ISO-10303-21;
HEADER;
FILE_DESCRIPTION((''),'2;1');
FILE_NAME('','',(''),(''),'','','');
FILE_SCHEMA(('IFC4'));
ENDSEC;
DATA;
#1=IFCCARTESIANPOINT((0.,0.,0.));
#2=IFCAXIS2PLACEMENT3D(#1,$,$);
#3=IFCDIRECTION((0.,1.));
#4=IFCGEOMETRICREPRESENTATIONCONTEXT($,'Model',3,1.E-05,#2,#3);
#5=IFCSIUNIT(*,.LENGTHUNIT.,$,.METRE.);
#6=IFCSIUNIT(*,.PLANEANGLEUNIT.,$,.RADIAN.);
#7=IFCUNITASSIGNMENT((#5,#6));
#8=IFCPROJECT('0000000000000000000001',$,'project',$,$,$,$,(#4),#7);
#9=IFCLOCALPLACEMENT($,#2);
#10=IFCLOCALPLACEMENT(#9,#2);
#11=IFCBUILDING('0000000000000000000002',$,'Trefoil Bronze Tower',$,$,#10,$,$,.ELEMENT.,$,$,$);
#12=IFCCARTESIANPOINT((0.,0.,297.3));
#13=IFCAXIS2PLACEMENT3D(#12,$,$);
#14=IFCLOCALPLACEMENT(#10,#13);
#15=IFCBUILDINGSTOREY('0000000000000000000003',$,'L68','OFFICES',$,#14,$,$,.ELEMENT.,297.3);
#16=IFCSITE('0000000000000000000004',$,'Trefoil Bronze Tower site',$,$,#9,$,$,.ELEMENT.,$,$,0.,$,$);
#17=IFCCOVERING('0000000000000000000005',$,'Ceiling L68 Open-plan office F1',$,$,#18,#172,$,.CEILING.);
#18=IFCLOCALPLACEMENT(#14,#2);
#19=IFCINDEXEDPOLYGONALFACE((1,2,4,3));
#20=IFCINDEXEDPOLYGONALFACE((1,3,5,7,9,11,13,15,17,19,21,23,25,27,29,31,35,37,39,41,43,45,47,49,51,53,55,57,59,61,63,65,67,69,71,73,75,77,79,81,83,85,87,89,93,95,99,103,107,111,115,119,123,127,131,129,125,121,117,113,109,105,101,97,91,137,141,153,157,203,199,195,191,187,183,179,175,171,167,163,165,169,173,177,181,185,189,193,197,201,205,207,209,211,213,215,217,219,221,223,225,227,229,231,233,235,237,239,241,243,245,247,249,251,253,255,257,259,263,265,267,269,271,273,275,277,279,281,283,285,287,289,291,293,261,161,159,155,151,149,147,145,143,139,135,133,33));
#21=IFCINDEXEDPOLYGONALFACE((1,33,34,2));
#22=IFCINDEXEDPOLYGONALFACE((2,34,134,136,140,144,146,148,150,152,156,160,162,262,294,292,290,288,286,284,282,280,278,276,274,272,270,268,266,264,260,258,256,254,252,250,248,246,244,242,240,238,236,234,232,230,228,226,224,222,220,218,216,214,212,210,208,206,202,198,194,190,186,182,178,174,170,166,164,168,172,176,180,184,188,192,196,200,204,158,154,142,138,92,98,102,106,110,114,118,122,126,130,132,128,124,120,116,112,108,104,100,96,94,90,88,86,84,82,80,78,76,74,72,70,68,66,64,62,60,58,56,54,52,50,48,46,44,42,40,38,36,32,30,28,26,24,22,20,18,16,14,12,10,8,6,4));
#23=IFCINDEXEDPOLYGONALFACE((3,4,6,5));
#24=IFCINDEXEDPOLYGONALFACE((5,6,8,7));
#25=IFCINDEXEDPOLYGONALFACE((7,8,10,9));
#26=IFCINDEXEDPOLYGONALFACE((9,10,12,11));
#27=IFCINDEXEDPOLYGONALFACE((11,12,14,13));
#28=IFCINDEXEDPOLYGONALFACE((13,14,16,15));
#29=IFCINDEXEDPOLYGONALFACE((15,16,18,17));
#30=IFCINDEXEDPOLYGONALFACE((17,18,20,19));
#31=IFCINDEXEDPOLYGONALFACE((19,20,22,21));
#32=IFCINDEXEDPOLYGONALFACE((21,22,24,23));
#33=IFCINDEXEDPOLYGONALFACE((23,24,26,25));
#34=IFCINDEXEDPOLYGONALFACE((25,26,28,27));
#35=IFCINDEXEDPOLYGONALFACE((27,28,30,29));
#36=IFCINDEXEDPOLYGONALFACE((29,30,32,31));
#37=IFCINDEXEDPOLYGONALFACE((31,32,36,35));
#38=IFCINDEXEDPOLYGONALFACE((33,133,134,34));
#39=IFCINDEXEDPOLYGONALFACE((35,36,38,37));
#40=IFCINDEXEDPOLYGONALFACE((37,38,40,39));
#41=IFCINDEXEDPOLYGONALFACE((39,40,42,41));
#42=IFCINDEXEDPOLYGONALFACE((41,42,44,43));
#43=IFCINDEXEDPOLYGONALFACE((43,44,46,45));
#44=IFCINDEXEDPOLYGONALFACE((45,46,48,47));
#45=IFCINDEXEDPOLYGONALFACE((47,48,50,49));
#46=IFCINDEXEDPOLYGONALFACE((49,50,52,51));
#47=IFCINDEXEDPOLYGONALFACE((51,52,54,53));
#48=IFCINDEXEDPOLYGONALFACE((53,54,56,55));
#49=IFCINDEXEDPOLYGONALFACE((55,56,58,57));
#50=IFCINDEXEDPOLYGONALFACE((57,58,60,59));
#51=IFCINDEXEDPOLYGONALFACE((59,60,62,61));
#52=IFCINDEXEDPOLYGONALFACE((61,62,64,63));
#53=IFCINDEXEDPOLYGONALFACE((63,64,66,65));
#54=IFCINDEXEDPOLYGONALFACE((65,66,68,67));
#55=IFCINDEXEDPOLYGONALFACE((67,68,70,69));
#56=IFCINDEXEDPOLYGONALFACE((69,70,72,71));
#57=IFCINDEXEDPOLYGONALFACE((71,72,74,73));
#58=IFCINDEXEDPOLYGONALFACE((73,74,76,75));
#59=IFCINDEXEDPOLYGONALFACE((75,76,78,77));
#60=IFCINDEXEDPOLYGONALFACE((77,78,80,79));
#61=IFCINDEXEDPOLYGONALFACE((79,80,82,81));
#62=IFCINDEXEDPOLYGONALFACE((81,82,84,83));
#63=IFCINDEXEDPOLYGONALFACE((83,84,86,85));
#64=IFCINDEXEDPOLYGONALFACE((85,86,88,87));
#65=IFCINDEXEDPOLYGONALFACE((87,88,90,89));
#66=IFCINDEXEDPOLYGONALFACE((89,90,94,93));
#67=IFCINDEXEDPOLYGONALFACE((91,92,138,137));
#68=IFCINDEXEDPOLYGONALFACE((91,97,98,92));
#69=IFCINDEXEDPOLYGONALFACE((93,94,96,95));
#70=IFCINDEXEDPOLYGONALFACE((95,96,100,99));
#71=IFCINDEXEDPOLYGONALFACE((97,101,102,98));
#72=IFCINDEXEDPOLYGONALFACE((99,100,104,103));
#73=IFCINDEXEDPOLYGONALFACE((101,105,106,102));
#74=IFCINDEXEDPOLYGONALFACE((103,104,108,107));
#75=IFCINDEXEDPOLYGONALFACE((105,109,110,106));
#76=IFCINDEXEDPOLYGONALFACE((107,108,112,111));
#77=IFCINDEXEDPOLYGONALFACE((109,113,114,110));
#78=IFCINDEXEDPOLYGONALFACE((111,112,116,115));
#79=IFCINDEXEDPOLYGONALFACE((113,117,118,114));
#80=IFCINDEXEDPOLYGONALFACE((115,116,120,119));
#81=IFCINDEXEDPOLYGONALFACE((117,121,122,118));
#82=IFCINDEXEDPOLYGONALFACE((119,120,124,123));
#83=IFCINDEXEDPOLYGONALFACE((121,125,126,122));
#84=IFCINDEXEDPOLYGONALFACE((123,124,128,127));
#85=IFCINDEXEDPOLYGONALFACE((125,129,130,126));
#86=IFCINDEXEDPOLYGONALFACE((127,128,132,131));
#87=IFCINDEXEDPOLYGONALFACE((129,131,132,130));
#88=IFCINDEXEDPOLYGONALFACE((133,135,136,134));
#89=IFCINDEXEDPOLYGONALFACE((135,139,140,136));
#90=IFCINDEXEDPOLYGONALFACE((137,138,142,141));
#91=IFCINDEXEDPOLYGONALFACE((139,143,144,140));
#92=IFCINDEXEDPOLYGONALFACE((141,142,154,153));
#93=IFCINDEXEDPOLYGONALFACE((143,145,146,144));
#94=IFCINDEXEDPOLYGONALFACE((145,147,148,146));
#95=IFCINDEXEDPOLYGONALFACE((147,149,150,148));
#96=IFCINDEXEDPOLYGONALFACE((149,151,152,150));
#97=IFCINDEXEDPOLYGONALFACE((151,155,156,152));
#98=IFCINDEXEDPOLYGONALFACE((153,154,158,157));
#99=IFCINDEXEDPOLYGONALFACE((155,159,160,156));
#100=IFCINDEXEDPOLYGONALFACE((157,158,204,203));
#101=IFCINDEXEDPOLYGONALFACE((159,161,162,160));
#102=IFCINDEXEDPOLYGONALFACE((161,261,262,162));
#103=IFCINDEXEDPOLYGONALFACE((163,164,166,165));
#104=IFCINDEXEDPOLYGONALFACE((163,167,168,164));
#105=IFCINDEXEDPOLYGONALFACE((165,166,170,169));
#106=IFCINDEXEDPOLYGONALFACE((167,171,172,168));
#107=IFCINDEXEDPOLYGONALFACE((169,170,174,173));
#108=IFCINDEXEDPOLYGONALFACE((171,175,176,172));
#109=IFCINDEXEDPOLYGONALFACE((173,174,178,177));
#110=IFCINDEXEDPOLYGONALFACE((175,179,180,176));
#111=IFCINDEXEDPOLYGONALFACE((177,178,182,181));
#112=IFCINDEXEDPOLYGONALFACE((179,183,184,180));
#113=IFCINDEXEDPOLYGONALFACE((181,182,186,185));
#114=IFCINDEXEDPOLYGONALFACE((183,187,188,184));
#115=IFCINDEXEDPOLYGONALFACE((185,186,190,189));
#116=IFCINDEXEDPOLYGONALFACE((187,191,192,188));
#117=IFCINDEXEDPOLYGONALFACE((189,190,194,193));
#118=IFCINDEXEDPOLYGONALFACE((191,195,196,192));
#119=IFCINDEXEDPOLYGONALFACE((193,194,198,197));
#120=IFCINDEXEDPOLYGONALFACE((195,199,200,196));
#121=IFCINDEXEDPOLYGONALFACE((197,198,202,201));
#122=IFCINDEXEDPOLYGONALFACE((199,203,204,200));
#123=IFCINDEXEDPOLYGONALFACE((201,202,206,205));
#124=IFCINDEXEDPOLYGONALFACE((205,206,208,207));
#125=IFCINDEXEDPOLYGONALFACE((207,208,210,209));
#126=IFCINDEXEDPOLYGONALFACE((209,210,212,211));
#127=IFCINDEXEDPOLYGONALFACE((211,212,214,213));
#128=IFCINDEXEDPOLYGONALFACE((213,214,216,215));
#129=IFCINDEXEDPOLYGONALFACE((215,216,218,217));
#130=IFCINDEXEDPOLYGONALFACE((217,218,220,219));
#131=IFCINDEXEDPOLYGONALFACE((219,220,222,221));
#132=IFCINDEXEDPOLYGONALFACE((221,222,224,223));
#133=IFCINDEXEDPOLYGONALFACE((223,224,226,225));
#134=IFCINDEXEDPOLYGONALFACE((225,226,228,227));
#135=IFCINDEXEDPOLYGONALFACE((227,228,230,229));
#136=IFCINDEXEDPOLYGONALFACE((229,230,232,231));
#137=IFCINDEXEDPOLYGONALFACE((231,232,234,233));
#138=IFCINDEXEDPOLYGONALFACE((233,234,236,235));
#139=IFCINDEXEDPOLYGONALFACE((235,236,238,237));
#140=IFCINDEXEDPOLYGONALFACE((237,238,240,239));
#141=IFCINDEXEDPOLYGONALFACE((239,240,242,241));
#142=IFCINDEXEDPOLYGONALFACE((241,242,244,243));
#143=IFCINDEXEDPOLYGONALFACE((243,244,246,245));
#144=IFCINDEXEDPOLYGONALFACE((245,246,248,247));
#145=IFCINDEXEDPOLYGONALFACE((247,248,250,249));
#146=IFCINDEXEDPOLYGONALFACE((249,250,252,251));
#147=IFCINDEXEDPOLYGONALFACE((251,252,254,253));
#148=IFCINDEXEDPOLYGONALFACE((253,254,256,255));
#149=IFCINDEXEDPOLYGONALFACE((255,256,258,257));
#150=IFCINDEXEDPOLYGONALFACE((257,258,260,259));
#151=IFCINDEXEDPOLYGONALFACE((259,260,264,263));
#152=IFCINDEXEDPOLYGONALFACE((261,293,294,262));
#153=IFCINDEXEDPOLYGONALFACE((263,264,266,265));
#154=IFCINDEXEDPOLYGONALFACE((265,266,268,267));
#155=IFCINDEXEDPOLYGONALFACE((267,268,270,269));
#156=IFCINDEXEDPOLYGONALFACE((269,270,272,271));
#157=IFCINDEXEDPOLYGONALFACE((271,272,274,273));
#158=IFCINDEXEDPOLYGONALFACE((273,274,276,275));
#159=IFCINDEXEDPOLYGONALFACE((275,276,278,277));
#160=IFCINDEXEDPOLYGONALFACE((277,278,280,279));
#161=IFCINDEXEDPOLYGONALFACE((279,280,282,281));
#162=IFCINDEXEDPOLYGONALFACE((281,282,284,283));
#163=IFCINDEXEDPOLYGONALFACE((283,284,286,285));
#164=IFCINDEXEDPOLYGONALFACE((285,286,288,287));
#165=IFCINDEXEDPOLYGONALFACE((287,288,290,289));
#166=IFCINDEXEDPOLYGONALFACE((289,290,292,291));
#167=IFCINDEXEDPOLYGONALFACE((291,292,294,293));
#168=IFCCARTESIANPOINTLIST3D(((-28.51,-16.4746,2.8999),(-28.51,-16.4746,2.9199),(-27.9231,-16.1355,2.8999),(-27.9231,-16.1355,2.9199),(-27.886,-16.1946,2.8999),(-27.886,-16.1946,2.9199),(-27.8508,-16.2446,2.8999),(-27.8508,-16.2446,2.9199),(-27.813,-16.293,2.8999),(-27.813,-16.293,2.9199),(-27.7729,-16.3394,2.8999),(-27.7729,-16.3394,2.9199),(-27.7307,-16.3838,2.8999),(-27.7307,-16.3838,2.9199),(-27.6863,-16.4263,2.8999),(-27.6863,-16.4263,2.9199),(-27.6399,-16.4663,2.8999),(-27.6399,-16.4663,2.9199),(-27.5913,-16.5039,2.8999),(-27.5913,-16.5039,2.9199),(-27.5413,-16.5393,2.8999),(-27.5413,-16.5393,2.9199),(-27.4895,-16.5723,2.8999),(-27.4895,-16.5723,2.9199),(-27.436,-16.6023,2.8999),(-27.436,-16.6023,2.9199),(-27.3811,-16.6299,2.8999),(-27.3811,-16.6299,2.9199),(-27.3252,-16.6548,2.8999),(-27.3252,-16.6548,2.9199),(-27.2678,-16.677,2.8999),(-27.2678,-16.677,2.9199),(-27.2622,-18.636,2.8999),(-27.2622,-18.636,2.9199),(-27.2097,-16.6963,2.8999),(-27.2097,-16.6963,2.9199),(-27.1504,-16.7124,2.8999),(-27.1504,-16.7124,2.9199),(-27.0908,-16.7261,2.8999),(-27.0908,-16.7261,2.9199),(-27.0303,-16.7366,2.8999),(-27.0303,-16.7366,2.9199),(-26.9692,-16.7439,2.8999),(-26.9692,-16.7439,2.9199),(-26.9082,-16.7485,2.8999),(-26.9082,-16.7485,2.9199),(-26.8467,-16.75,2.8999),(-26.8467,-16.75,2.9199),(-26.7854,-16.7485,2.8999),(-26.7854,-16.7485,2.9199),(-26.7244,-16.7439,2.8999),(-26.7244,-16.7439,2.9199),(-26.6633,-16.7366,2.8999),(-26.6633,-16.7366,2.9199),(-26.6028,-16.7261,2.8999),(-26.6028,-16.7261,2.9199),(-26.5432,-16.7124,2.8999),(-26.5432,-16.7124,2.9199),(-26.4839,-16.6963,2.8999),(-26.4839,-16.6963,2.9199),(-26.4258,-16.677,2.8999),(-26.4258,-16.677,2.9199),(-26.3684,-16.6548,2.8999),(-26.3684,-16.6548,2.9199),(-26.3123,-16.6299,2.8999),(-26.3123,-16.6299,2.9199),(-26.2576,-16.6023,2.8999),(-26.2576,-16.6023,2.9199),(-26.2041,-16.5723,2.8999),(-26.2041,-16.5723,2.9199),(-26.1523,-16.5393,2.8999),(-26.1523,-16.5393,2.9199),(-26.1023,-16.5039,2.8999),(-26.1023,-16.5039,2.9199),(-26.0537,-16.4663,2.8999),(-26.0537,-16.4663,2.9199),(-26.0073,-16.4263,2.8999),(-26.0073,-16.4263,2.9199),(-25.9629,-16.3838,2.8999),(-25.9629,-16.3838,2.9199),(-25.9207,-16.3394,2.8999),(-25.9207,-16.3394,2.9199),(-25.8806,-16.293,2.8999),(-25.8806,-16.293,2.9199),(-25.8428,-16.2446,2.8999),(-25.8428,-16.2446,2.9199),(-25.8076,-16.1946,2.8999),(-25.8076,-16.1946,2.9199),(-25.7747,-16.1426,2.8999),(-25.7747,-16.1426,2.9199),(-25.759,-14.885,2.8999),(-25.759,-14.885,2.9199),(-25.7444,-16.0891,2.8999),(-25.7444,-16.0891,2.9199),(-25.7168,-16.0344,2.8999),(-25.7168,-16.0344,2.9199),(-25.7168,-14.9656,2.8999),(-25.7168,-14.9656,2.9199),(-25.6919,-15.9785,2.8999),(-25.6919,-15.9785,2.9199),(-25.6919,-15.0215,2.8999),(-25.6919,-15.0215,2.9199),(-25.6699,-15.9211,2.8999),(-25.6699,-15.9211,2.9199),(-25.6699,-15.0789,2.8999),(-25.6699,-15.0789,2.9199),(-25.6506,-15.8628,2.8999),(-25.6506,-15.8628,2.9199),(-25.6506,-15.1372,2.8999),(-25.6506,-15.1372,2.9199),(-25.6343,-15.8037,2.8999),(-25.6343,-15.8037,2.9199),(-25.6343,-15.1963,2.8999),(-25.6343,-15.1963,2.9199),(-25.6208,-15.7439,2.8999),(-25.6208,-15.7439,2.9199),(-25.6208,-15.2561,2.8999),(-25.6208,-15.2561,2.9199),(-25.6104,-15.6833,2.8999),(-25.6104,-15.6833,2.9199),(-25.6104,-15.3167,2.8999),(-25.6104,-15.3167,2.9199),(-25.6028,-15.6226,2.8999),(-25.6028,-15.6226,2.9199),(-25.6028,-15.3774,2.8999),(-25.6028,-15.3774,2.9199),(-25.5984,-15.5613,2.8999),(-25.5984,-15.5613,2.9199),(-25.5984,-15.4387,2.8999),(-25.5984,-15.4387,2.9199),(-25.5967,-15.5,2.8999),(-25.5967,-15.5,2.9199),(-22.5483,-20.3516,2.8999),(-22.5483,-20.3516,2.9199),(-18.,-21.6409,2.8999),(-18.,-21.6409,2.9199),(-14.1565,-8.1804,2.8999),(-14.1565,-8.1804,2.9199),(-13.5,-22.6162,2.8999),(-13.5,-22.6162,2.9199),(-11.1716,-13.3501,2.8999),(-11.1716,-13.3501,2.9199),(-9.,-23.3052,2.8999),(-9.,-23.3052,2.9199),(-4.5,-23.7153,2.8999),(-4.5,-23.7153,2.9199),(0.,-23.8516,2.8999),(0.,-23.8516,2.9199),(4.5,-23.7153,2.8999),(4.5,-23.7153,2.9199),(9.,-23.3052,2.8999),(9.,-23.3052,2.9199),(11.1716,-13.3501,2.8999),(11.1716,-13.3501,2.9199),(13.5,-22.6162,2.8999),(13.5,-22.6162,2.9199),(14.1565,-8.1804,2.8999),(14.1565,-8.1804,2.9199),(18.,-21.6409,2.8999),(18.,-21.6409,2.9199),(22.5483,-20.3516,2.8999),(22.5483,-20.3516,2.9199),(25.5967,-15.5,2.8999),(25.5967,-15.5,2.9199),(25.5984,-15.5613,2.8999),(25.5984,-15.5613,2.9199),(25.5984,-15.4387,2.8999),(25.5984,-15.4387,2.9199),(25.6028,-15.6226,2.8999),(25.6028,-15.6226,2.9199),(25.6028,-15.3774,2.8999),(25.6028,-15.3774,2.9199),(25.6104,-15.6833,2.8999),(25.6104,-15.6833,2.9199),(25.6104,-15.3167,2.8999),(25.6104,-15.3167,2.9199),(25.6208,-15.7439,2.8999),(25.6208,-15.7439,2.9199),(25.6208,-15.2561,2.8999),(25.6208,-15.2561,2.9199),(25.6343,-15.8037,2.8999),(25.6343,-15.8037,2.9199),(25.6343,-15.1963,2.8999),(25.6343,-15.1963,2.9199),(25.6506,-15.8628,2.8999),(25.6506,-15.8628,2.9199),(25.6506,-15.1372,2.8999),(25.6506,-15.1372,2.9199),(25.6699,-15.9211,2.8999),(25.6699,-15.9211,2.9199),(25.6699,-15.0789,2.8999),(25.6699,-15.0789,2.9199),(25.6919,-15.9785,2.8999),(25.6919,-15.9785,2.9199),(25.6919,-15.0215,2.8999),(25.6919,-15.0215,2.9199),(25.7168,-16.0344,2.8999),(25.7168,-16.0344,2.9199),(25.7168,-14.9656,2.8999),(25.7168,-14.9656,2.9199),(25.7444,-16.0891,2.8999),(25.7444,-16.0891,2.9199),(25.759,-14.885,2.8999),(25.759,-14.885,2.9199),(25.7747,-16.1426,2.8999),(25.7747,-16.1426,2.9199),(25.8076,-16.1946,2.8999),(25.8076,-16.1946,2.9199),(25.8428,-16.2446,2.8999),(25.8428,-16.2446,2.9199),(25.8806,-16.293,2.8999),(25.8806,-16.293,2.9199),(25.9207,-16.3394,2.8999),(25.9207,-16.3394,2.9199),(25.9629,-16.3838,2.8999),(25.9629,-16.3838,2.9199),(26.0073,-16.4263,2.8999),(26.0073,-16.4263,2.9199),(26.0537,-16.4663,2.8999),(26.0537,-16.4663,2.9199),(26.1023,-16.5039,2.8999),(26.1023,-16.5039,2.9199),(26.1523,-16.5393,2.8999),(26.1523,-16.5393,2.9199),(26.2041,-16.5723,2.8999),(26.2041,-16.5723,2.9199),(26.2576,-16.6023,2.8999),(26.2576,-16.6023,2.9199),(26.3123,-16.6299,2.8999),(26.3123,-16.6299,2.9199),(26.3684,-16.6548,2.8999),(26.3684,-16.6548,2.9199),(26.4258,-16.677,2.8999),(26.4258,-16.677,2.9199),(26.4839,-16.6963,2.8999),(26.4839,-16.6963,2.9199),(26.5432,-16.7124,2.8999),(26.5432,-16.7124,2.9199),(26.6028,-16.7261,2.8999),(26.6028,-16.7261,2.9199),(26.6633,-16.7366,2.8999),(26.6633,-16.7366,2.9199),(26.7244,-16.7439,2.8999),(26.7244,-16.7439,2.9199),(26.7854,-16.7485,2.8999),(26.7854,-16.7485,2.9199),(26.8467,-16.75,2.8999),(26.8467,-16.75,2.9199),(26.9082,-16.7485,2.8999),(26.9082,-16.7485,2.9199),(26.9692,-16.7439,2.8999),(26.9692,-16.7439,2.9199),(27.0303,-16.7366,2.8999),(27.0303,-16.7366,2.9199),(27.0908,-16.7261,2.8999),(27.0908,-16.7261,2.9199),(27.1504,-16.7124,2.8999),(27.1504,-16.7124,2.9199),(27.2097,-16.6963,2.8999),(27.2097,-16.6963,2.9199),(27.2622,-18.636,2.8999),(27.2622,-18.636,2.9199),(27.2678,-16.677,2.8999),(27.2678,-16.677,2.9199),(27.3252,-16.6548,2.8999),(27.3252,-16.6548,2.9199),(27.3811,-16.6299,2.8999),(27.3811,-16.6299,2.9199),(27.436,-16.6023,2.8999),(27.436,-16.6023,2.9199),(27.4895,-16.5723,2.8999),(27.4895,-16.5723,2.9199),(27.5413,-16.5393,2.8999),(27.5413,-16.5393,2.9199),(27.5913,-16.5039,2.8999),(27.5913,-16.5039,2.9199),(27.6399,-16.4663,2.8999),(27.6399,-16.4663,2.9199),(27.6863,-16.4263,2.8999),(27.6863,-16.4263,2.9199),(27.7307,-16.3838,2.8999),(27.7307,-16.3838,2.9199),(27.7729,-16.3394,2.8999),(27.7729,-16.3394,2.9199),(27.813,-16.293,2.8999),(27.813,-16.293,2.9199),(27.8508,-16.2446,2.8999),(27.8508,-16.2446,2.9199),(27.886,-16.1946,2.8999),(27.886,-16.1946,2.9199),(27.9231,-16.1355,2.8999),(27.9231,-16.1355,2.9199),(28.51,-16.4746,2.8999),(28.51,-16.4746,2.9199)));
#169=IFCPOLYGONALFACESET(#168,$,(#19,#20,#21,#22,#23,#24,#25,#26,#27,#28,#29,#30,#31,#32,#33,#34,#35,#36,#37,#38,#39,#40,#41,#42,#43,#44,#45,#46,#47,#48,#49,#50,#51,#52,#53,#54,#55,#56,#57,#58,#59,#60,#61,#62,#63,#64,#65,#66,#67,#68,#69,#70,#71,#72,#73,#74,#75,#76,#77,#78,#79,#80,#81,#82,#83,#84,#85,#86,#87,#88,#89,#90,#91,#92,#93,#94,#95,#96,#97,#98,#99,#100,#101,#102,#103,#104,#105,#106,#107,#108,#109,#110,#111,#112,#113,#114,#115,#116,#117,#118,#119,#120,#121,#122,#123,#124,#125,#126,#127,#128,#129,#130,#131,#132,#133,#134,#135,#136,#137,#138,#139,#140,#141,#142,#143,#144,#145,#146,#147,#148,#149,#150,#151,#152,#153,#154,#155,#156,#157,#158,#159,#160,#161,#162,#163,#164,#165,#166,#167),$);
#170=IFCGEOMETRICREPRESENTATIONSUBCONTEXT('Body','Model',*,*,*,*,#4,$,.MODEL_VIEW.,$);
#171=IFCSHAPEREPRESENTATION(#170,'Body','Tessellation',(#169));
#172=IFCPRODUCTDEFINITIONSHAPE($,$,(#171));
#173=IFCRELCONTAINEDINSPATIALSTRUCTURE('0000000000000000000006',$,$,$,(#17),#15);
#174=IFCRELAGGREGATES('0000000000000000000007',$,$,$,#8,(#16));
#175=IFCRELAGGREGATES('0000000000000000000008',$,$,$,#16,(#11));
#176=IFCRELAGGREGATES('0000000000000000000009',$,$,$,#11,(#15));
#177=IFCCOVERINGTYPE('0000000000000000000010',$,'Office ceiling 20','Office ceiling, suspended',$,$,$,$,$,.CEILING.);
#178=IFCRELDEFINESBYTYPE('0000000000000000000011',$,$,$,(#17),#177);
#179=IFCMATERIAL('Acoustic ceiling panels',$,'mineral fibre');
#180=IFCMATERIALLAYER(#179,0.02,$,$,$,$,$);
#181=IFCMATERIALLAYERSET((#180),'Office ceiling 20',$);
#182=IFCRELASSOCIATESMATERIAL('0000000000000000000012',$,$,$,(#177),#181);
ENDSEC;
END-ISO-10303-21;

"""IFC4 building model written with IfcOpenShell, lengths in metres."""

from ifc_helpers import new_model, si_unit, direction, frame, origin, place, context, subcontext, project, spatial, polyline, outline, extrude, material, layer, layer_set, type_object, element, save


model = new_model("IFC4")

# Units and contexts
model_context = context("Model", 3, precision=1e-05, world=origin(), true_north=direction((0.0, 1.0)))
body_context = subcontext(model_context, "Body", "Model", "MODEL_VIEW")
ifc_project = project(units=[si_unit("LENGTHUNIT", "METRE"), si_unit("PLANEANGLEUNIT", "RADIAN")], contexts=[model_context])

# Site, building, storey
site_placement = place(None, origin())
site = spatial("IfcSite", under=ifc_project, at=site_placement, Name="Trefoil Bronze Tower site", CompositionType="ELEMENT", RefElevation=0.0)
building_placement = place(site_placement, origin())
building = spatial("IfcBuilding", under=site, at=building_placement, Name="Trefoil Bronze Tower", CompositionType="ELEMENT")
storey_placement = place(building_placement, frame((0.0, 0.0, 297.3)))
storey = spatial("IfcBuildingStorey", under=building, at=storey_placement, Name="L68", Description="OFFICES", CompositionType="ELEMENT", Elevation=297.3)

# Covering
ifc_material_1 = material(Name="Acoustic ceiling panels", Category="mineral fibre")
ifc_layer_1 = layer(ifc_material_1, 0.02)
ifc_layer_set_1 = layer_set([ifc_layer_1], Name="Office ceiling 20")
covering_type_1 = type_object("IfcCoveringType", Name="Office ceiling 20", Description="Office ceiling, suspended", PredefinedType="CEILING", material=ifc_layer_set_1)
covering_1_placement = place(storey_placement, frame((0.0, 0.0, 2.8999)))
element("IfcCovering", 1, at=covering_1_placement, inside=storey, type_object=covering_type_1, Name="Ceiling L68 Open-plan office F1", PredefinedType="CEILING", context=body_context, shape_type="SweptSolid", body=[
    extrude(outline(polyline([(-27.886, -16.1946), (-27.8508, -16.2446), (-27.813, -16.293), (-27.7729, -16.3394), (-27.7307, -16.3838), (-27.6863, -16.4263), (-27.6399, -16.4663), (-27.5913, -16.5039), (-27.5413, -16.5393), (-27.4895, -16.5723), (-27.436, -16.6023), (-27.3811, -16.6299), (-27.3252, -16.6548), (-27.2678, -16.677), (-27.2097, -16.6963), (-27.1504, -16.7124), (-27.0908, -16.7261), (-27.0303, -16.7366), (-26.9692, -16.7439), (-26.9082, -16.7485), (-26.8467, -16.75), (-26.7854, -16.7485), (-26.7244, -16.7439), (-26.6633, -16.7366), (-26.6028, -16.7261), (-26.5432, -16.7124), (-26.4839, -16.6963), (-26.4258, -16.677), (-26.3684, -16.6548), (-26.3123, -16.6299), (-26.2576, -16.6023), (-26.2041, -16.5723), (-26.1523, -16.5393), (-26.1023, -16.5039), (-26.0537, -16.4663), (-26.0073, -16.4263), (-25.9629, -16.3838), (-25.9207, -16.3394), (-25.8806, -16.293), (-25.8428, -16.2446), (-25.8076, -16.1946), (-25.7747, -16.1426), (-25.7444, -16.0891), (-25.7168, -16.0344), (-25.6919, -15.9785), (-25.6699, -15.9211), (-25.6506, -15.8628), (-25.6343, -15.8037), (-25.6208, -15.7439), (-25.6104, -15.6833), (-25.6028, -15.6226), (-25.5984, -15.5613), (-25.5967, -15.5), (-25.5984, -15.4387), (-25.6028, -15.3774), (-25.6104, -15.3167), (-25.6208, -15.2561), (-25.6343, -15.1963), (-25.6506, -15.1372), (-25.6699, -15.0789), (-25.6919, -15.0215), (-25.7168, -14.9656), (-25.759, -14.885), (-14.1565, -8.1804), (-11.1716, -13.3501), (11.1716, -13.3501), (14.1565, -8.1804), (25.759, -14.885), (25.7168, -14.9656), (25.6919, -15.0215), (25.6699, -15.0789), (25.6506, -15.1372), (25.6343, -15.1963), (25.6208, -15.2561), (25.6104, -15.3167), (25.6028, -15.3774), (25.5984, -15.4387), (25.5967, -15.5), (25.5984, -15.5613), (25.6028, -15.6226), (25.6104, -15.6833), (25.6208, -15.7439), (25.6343, -15.8037), (25.6506, -15.8628), (25.6699, -15.9211), (25.6919, -15.9785), (25.7168, -16.0344), (25.7444, -16.0891), (25.7747, -16.1426), (25.8076, -16.1946), (25.8428, -16.2446), (25.8806, -16.293), (25.9207, -16.3394), (25.9629, -16.3838), (26.0073, -16.4263), (26.0537, -16.4663), (26.1023, -16.5039), (26.1523, -16.5393), (26.2041, -16.5723), (26.2576, -16.6023), (26.3123, -16.6299), (26.3684, -16.6548), (26.4258, -16.677), (26.4839, -16.6963), (26.5432, -16.7124), (26.6028, -16.7261), (26.6633, -16.7366), (26.7244, -16.7439), (26.7854, -16.7485), (26.8467, -16.75), (26.9082, -16.7485), (26.9692, -16.7439), (27.0303, -16.7366), (27.0908, -16.7261), (27.1504, -16.7124), (27.2097, -16.6963), (27.2678, -16.677), (27.3252, -16.6548), (27.3811, -16.6299), (27.436, -16.6023), (27.4895, -16.5723), (27.5413, -16.5393), (27.5913, -16.5039), (27.6399, -16.4663), (27.6863, -16.4263), (27.7307, -16.3838), (27.7729, -16.3394), (27.813, -16.293), (27.8508, -16.2446), (27.886, -16.1946), (27.9231, -16.1355), (28.51, -16.4746), (27.2622, -18.636), (22.5483, -20.3516), (18.0, -21.6409), (13.5, -22.6162), (9.0, -23.3052), (4.5, -23.7153), (0.0, -23.8516), (-4.5, -23.7153), (-9.0, -23.3052), (-13.5, -22.6162), (-18.0, -21.6409), (-22.5483, -20.3516), (-27.2622, -18.636), (-28.51, -16.4746), (-27.9231, -16.1355), (-27.886, -16.1946)])), origin(), (0.0, 0.0, 1.0), 0.02),
])

save(model, "model.ifc")
